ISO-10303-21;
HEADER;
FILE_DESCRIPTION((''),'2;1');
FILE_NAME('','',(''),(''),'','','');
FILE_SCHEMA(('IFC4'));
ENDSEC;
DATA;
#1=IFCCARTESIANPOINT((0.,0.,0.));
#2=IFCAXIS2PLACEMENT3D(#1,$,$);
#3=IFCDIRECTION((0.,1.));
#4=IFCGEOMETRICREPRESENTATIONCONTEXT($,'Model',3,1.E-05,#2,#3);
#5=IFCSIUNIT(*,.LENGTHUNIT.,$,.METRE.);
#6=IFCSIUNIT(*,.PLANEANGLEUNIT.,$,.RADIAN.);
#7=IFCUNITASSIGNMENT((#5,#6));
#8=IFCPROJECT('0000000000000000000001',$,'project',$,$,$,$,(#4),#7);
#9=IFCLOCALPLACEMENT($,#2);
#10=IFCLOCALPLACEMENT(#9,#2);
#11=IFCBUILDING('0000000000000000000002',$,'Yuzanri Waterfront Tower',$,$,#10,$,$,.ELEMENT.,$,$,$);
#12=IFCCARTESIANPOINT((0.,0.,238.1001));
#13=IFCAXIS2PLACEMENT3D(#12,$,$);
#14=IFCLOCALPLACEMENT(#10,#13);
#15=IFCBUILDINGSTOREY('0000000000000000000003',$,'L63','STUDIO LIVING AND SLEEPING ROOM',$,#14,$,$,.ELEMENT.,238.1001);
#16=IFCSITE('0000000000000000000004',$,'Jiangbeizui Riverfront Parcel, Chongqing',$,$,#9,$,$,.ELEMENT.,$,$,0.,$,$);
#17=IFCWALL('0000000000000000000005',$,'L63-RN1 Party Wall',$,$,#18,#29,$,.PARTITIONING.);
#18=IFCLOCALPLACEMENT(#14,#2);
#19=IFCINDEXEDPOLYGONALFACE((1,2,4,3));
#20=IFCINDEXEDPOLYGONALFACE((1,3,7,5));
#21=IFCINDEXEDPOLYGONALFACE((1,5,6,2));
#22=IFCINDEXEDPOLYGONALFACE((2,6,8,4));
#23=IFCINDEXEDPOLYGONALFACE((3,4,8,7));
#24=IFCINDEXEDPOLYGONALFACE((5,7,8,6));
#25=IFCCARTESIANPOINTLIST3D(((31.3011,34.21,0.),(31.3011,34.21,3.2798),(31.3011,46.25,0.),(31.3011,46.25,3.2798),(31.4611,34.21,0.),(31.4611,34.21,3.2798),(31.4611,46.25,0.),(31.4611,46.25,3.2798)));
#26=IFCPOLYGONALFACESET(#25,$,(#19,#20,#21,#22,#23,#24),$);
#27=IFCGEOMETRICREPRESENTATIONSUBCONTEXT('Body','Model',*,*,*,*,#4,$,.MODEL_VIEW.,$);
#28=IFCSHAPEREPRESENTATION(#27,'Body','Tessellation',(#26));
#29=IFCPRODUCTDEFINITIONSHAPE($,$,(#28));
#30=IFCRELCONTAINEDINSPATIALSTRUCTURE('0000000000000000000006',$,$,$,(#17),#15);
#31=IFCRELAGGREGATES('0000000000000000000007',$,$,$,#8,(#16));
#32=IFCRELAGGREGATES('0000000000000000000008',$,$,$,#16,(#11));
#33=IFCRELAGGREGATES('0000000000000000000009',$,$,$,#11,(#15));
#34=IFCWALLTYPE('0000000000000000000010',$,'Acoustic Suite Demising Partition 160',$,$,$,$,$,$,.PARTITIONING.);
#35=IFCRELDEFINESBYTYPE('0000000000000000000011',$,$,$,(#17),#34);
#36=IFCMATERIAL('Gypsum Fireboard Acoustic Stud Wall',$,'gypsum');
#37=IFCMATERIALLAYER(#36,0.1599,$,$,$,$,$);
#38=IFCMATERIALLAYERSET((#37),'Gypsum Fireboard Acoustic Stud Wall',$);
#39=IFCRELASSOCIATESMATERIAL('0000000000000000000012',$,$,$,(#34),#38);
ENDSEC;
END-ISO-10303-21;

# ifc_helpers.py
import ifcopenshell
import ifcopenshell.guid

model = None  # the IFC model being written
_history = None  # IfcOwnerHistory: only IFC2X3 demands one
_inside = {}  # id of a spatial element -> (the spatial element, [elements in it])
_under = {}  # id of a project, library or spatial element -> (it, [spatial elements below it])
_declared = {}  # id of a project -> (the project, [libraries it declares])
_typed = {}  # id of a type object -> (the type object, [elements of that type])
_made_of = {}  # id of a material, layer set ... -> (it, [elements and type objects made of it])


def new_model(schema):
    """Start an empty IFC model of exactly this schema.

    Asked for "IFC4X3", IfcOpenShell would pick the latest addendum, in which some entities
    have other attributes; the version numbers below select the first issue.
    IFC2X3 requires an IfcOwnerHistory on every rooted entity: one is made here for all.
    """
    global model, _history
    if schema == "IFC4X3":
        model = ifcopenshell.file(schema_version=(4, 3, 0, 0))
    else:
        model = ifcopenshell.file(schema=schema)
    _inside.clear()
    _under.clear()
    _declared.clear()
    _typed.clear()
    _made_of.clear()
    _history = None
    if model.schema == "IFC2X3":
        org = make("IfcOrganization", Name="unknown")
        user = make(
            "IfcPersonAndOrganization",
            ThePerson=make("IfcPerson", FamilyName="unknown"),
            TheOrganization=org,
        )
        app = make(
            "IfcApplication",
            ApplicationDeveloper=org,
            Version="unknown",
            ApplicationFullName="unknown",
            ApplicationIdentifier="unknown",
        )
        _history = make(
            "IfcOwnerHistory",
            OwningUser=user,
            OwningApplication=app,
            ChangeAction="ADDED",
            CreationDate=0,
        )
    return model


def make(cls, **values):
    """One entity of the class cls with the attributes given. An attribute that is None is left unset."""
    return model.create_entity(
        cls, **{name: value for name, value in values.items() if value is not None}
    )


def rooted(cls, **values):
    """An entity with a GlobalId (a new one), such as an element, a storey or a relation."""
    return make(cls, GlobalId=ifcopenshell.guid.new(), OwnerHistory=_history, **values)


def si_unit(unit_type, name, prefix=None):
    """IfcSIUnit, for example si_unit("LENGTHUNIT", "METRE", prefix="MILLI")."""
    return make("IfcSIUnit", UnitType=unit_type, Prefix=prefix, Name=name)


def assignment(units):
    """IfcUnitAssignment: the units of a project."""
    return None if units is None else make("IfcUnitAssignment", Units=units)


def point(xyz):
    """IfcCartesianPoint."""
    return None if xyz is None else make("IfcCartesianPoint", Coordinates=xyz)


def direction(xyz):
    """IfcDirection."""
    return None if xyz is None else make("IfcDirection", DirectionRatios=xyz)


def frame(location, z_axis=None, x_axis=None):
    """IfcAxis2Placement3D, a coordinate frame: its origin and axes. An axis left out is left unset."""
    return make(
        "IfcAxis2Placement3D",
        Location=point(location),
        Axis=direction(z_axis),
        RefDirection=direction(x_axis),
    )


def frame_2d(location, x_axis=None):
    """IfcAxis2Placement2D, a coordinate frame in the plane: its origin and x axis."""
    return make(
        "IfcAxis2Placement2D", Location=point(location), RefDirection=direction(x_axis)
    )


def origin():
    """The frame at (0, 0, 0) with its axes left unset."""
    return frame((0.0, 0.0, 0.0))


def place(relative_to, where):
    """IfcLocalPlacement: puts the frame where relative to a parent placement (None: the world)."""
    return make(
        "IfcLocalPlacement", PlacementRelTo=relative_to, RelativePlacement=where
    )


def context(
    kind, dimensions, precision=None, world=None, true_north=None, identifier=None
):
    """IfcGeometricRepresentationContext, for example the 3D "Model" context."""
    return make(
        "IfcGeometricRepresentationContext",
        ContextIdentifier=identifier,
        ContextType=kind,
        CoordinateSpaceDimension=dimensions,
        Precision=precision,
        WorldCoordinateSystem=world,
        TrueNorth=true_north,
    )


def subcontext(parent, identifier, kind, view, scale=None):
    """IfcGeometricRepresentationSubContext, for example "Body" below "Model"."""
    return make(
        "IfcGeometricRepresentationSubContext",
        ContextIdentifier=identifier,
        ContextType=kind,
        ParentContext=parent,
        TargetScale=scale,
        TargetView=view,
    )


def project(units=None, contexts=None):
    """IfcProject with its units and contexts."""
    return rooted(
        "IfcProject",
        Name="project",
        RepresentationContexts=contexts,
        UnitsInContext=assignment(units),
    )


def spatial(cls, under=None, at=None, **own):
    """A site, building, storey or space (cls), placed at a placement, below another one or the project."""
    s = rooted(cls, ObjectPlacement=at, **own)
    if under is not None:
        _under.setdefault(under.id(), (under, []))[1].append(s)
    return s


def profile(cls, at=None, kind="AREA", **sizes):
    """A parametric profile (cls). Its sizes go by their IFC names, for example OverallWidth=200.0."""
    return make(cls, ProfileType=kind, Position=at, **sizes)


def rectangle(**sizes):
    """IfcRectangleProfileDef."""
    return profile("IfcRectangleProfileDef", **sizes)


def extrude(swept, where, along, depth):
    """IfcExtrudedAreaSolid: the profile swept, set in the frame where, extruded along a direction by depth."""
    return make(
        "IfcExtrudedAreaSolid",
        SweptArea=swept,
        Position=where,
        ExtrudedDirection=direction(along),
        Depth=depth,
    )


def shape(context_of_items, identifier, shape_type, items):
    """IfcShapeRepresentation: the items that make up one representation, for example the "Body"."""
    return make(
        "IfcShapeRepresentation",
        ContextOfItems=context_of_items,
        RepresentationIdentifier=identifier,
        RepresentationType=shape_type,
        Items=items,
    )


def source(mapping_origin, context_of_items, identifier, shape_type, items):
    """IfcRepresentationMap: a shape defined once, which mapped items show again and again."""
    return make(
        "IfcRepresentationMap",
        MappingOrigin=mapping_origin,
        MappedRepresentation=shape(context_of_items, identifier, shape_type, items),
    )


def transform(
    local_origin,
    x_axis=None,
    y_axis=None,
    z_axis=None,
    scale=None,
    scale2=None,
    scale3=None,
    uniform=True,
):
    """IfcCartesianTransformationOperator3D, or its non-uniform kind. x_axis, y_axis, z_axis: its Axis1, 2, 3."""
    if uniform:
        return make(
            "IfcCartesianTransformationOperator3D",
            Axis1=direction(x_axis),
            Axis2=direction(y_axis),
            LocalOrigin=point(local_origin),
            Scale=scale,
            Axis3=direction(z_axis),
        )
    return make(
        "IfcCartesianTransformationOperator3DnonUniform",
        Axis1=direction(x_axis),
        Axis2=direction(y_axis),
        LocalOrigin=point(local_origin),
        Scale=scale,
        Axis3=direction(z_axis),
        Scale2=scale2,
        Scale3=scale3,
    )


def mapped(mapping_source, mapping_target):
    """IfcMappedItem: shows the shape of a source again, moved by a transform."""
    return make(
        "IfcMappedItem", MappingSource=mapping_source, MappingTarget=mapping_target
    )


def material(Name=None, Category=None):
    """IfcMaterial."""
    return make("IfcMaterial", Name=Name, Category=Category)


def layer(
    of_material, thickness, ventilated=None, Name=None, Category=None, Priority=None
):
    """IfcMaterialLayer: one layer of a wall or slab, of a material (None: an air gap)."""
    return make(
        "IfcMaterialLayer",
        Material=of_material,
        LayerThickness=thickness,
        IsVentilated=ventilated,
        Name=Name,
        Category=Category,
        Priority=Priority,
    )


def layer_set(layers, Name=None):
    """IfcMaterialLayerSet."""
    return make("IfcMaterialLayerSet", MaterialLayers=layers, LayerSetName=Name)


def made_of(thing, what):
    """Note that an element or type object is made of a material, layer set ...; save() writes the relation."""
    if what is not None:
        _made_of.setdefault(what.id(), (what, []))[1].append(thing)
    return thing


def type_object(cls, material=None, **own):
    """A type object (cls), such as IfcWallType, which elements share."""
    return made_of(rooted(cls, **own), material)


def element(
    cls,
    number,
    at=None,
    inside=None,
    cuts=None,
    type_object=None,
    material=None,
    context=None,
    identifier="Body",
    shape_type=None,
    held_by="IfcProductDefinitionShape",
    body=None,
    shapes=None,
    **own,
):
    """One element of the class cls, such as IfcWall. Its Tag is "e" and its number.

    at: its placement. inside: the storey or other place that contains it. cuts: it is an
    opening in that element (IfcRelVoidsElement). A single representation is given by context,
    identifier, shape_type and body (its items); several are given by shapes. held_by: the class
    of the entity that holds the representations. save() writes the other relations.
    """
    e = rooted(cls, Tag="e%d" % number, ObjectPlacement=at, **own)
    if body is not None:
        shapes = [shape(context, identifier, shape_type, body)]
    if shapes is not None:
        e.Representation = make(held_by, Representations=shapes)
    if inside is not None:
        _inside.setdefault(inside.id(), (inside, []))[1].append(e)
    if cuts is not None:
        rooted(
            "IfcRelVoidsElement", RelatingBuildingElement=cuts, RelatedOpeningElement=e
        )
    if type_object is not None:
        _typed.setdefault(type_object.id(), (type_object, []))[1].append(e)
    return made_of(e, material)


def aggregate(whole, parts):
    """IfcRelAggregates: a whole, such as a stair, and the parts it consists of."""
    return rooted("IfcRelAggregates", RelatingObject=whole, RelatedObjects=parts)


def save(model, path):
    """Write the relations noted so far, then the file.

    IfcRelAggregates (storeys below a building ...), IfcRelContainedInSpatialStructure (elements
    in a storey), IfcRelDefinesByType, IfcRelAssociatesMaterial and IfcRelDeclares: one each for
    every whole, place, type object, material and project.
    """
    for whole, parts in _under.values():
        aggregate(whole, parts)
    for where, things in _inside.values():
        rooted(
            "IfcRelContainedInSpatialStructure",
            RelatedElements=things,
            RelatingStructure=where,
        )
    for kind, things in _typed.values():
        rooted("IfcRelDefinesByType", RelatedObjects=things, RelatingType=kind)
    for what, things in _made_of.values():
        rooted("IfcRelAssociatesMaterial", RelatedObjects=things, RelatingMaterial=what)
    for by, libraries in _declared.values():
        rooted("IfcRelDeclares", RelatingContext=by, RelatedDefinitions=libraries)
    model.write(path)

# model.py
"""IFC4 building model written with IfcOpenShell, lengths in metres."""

from ifc_helpers import new_model, si_unit, direction, frame, frame_2d, origin, place, context, subcontext, project, spatial, rectangle, extrude, source, transform, mapped, material, layer, layer_set, type_object, element, save


model = new_model("IFC4")

# Units and contexts
model_context = context("Model", 3, precision=1e-05, world=origin(), true_north=direction((0.0, 1.0)))
body_context = subcontext(model_context, "Body", "Model", "MODEL_VIEW")
ifc_project = project(units=[si_unit("LENGTHUNIT", "METRE"), si_unit("PLANEANGLEUNIT", "RADIAN")], contexts=[model_context])

# Site, building, storey
site_placement = place(None, origin())
site = spatial("IfcSite", under=ifc_project, at=site_placement, Name="Jiangbeizui Riverfront Parcel, Chongqing", CompositionType="ELEMENT", RefElevation=0.0)
building_placement = place(site_placement, origin())
building = spatial("IfcBuilding", under=site, at=building_placement, Name="Yuzanri Waterfront Tower", CompositionType="ELEMENT")
storey_placement = place(building_placement, frame((0.0, 0.0, 238.1001)))
storey = spatial("IfcBuildingStorey", under=building, at=storey_placement, Name="L63", Description="STUDIO LIVING AND SLEEPING ROOM", CompositionType="ELEMENT", Elevation=238.1001)

# Wall
ifc_material_1 = material(Name="Gypsum Fireboard Acoustic Stud Wall", Category="gypsum")
ifc_layer_1 = layer(ifc_material_1, 0.1599)
ifc_layer_set_1 = layer_set([ifc_layer_1], Name="Gypsum Fireboard Acoustic Stud Wall")
wall_type_1 = type_object("IfcWallType", Name="Acoustic Suite Demising Partition 160", PredefinedType="PARTITIONING", material=ifc_layer_set_1)
shared_shape_1 = source(origin(), body_context, "Body", "SweptSolid", [
    extrude(rectangle(XDim=12.04, YDim=0.1599, at=frame_2d((6.02, 0.0))), origin(), (0.0, 0.0, 1.0), 3.2798),
])
wall_1_placement = place(storey_placement, frame((31.3811, 34.21, 0.0), z_axis=(0.0, 0.0, 1.0), x_axis=(0.0, 1.0, 0.0)))
element("IfcWall", 1, at=wall_1_placement, inside=storey, type_object=wall_type_1, Name="L63-RN1 Party Wall", PredefinedType="PARTITIONING", context=body_context, shape_type="MappedRepresentation", body=[
    mapped(shared_shape_1, transform((0.0, 0.0, 0.0), scale=1.0)),
])

save(model, "model.ifc")
